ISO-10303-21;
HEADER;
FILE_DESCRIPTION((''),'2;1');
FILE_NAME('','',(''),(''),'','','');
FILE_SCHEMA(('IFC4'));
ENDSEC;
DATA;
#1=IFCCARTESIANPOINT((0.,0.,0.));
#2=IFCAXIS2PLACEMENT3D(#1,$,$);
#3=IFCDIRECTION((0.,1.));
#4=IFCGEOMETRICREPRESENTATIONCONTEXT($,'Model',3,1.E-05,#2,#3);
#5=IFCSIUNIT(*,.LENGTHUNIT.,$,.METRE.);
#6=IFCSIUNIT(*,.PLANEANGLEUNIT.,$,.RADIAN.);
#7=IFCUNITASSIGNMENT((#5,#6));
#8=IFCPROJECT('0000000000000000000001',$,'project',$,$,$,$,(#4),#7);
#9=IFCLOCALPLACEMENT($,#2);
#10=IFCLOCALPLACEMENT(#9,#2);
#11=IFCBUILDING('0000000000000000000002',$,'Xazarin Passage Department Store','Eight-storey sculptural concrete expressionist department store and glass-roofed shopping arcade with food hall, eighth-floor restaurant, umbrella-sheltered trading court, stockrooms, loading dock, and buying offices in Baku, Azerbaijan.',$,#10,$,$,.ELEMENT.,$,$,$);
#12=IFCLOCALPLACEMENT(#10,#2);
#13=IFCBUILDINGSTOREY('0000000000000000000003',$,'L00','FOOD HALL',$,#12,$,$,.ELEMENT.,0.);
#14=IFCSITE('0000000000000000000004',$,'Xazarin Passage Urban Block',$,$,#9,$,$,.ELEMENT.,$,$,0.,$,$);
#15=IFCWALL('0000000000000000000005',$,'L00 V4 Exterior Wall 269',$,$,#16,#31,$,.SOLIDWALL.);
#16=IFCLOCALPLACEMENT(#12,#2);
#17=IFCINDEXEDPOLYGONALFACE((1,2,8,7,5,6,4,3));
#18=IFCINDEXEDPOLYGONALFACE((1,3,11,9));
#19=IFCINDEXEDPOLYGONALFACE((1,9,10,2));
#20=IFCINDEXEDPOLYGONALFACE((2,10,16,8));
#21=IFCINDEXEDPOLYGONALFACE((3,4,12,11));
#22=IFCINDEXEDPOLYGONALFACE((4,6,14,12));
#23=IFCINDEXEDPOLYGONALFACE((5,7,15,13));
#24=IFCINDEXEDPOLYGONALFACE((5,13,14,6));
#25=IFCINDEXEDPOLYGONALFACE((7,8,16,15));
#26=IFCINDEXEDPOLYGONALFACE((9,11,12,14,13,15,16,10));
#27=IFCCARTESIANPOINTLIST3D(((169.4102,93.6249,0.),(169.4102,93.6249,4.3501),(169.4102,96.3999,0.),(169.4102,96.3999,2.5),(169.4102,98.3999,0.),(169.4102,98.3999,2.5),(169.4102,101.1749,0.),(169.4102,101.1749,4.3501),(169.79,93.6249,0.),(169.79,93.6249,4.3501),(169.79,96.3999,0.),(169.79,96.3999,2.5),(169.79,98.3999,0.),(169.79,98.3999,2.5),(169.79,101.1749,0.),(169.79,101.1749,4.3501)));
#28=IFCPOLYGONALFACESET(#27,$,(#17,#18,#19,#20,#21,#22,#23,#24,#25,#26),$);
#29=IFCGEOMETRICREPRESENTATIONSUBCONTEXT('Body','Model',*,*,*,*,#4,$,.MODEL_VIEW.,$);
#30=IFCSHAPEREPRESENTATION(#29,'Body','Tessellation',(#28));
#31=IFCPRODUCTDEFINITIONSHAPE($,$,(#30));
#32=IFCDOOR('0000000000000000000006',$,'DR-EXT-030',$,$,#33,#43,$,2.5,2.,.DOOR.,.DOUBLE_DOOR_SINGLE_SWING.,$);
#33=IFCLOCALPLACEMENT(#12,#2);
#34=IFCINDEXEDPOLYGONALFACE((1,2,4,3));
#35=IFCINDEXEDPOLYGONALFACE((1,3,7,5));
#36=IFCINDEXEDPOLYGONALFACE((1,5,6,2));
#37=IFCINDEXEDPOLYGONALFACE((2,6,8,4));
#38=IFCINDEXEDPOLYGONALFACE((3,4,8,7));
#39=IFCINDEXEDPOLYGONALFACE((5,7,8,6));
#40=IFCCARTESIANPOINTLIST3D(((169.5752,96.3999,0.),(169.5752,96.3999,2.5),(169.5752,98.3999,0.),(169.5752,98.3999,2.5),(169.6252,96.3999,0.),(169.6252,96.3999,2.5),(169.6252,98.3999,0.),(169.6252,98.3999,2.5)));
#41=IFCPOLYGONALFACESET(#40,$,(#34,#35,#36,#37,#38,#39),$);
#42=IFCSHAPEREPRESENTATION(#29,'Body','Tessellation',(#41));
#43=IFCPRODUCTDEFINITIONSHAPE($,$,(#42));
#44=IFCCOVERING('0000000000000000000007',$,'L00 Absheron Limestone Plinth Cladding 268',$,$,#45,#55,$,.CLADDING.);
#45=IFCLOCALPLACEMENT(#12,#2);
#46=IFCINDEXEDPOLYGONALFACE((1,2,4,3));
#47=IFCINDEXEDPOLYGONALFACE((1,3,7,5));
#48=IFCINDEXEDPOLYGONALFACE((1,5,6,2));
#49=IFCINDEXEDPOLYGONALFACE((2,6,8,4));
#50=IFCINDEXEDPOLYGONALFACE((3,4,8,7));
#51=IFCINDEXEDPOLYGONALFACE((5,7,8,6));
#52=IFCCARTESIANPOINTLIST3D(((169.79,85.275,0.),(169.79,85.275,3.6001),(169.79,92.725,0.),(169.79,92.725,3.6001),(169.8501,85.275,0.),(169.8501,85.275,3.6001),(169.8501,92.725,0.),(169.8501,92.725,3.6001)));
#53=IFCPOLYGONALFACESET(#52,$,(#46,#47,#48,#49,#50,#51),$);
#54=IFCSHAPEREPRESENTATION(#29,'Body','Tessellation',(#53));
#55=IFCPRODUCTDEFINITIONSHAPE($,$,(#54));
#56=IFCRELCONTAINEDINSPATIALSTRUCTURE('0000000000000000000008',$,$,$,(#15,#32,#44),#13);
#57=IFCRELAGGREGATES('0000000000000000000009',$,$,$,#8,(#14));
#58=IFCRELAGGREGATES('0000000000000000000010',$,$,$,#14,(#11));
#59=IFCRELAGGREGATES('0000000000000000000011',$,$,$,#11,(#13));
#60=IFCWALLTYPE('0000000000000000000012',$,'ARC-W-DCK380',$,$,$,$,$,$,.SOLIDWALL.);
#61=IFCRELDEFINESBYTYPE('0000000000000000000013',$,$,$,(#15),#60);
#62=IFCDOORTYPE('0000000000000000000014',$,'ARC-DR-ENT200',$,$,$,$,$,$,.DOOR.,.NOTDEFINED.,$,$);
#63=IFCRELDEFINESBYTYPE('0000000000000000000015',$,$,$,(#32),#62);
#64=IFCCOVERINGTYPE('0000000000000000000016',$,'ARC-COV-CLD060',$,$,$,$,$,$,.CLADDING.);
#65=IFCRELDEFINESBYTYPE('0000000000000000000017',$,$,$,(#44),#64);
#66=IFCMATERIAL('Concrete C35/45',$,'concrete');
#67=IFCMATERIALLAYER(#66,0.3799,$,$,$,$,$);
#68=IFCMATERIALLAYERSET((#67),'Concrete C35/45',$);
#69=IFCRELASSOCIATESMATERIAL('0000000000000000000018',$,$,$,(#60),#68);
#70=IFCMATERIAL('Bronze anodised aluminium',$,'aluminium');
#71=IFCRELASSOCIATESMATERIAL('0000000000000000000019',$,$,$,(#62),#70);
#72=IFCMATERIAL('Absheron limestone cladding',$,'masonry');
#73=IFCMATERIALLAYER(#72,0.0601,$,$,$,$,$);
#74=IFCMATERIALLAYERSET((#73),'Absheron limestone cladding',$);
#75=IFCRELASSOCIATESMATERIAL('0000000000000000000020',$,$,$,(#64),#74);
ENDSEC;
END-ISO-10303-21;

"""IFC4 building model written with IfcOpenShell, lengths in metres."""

from ifc_helpers import new_model, si_unit, direction, frame, frame_2d, origin, origin_2d, place, context, subcontext, project, spatial, rectangle, extrude, material, layer, layer_set, type_object, element, fill, save


model = new_model("IFC4")

# Units and contexts
model_context = context("Model", 3, precision=1e-05, world=origin(), true_north=direction((0.0, 1.0)))
body_context = subcontext(model_context, "Body", "Model", "MODEL_VIEW")
ifc_project = project(units=[si_unit("LENGTHUNIT", "METRE"), si_unit("PLANEANGLEUNIT", "RADIAN")], contexts=[model_context])

# Site, building, storey
site_placement = place(None, origin())
site = spatial("IfcSite", under=ifc_project, at=site_placement, Name="Xazarin Passage Urban Block", CompositionType="ELEMENT", RefElevation=0.0)
building_placement = place(site_placement, origin())
building = spatial("IfcBuilding", under=site, at=building_placement, Name="Xazarin Passage Department Store", Description="Eight-storey sculptural concrete expressionist department store and glass-roofed shopping arcade with food hall, eighth-floor restaurant, umbrella-sheltered trading court, stockrooms, loading dock, and buying offices in Baku, Azerbaijan.", CompositionType="ELEMENT")
storey_placement = place(building_placement, origin())
storey = spatial("IfcBuildingStorey", under=building, at=storey_placement, Name="L00", Description="FOOD HALL", CompositionType="ELEMENT", Elevation=0.0)

# Shared definitions
ifc_material_1 = material(Name="Concrete C35/45", Category="concrete")

# Shared definitions
ifc_layer_1 = layer(ifc_material_1, 0.3799)
ifc_layer_set_1 = layer_set([ifc_layer_1], Name="Concrete C35/45")
wall_type = type_object("IfcWallType", Name="ARC-W-DCK380", PredefinedType="SOLIDWALL", material=ifc_layer_set_1)

# Wall, opening, door
wall_1_placement = place(storey_placement, frame((169.6001, 93.625, 0.0), z_axis=(0.0, 0.0, 1.0), x_axis=(0.0, 1.0, 0.0)))
wall_1 = element("IfcWall", 1, at=wall_1_placement, inside=storey, type_object=wall_type, Name="L00 V4 Exterior Wall 269", PredefinedType="SOLIDWALL", context=body_context, shape_type="SweptSolid", body=[
    extrude(rectangle(XDim=7.55, YDim=0.3799, at=frame_2d((3.7749, 0.0))), origin(), (0.0, 0.0, 1.0), 4.3501),
])
opening_placement = place(wall_1_placement, frame((2.7749, 0.0, 0.0)))
opening = element("IfcOpeningElement", 2, at=opening_placement, cuts=wall_1, PredefinedType="OPENING", context=body_context, shape_type="SweptSolid", body=[
    extrude(rectangle(XDim=2.0, YDim=2.5, at=frame_2d((1.0, 1.25))), frame((0.0, 0.2, 0.0), z_axis=(0.0, -1.0, 0.0), x_axis=(1.0, 0.0, 0.0)), (0.0, 0.0, 1.0), 0.3999),
])
ifc_material_2 = material(Name="Bronze anodised aluminium", Category="aluminium")
door_type = type_object("IfcDoorType", Name="ARC-DR-ENT200", OperationType="NOTDEFINED", PredefinedType="DOOR", material=ifc_material_2)
door_placement = place(opening_placement, origin())
door = element("IfcDoor", 3, at=door_placement, inside=storey, type_object=door_type, Name="DR-EXT-030", OperationType="DOUBLE_DOOR_SINGLE_SWING", OverallHeight=2.5, OverallWidth=2.0, PredefinedType="DOOR", context=body_context, shape_type="SweptSolid", body=[
    extrude(rectangle(XDim=2.0, YDim=2.5, at=frame_2d((1.0, 1.25))), frame((0.0, 0.0249, 0.0), z_axis=(0.0, -1.0, 0.0), x_axis=(1.0, 0.0, 0.0)), (0.0, 0.0, 1.0), 0.05),
])
fill(opening, door)

# Covering
ifc_material_3 = material(Name="Absheron limestone cladding", Category="masonry")
ifc_layer_2 = layer(ifc_material_3, 0.0601)
ifc_layer_set_2 = layer_set([ifc_layer_2], Name="Absheron limestone cladding")
covering_type = type_object("IfcCoveringType", Name="ARC-COV-CLD060", PredefinedType="CLADDING", material=ifc_layer_set_2)
covering_placement = place(storey_placement, frame((169.8201, 89.0, 0.0), z_axis=(0.0, 0.0, 1.0), x_axis=(0.0, 1.0, 0.0)))
element("IfcCovering", 4, at=covering_placement, inside=storey, type_object=covering_type, Name="L00 Absheron Limestone Plinth Cladding 268", PredefinedType="CLADDING", context=body_context, shape_type="SweptSolid", body=[
    extrude(rectangle(XDim=7.45, YDim=0.0601, at=origin_2d()), origin(), (0.0, 0.0, 1.0), 3.6001),
])

save(model, "model.ifc")
